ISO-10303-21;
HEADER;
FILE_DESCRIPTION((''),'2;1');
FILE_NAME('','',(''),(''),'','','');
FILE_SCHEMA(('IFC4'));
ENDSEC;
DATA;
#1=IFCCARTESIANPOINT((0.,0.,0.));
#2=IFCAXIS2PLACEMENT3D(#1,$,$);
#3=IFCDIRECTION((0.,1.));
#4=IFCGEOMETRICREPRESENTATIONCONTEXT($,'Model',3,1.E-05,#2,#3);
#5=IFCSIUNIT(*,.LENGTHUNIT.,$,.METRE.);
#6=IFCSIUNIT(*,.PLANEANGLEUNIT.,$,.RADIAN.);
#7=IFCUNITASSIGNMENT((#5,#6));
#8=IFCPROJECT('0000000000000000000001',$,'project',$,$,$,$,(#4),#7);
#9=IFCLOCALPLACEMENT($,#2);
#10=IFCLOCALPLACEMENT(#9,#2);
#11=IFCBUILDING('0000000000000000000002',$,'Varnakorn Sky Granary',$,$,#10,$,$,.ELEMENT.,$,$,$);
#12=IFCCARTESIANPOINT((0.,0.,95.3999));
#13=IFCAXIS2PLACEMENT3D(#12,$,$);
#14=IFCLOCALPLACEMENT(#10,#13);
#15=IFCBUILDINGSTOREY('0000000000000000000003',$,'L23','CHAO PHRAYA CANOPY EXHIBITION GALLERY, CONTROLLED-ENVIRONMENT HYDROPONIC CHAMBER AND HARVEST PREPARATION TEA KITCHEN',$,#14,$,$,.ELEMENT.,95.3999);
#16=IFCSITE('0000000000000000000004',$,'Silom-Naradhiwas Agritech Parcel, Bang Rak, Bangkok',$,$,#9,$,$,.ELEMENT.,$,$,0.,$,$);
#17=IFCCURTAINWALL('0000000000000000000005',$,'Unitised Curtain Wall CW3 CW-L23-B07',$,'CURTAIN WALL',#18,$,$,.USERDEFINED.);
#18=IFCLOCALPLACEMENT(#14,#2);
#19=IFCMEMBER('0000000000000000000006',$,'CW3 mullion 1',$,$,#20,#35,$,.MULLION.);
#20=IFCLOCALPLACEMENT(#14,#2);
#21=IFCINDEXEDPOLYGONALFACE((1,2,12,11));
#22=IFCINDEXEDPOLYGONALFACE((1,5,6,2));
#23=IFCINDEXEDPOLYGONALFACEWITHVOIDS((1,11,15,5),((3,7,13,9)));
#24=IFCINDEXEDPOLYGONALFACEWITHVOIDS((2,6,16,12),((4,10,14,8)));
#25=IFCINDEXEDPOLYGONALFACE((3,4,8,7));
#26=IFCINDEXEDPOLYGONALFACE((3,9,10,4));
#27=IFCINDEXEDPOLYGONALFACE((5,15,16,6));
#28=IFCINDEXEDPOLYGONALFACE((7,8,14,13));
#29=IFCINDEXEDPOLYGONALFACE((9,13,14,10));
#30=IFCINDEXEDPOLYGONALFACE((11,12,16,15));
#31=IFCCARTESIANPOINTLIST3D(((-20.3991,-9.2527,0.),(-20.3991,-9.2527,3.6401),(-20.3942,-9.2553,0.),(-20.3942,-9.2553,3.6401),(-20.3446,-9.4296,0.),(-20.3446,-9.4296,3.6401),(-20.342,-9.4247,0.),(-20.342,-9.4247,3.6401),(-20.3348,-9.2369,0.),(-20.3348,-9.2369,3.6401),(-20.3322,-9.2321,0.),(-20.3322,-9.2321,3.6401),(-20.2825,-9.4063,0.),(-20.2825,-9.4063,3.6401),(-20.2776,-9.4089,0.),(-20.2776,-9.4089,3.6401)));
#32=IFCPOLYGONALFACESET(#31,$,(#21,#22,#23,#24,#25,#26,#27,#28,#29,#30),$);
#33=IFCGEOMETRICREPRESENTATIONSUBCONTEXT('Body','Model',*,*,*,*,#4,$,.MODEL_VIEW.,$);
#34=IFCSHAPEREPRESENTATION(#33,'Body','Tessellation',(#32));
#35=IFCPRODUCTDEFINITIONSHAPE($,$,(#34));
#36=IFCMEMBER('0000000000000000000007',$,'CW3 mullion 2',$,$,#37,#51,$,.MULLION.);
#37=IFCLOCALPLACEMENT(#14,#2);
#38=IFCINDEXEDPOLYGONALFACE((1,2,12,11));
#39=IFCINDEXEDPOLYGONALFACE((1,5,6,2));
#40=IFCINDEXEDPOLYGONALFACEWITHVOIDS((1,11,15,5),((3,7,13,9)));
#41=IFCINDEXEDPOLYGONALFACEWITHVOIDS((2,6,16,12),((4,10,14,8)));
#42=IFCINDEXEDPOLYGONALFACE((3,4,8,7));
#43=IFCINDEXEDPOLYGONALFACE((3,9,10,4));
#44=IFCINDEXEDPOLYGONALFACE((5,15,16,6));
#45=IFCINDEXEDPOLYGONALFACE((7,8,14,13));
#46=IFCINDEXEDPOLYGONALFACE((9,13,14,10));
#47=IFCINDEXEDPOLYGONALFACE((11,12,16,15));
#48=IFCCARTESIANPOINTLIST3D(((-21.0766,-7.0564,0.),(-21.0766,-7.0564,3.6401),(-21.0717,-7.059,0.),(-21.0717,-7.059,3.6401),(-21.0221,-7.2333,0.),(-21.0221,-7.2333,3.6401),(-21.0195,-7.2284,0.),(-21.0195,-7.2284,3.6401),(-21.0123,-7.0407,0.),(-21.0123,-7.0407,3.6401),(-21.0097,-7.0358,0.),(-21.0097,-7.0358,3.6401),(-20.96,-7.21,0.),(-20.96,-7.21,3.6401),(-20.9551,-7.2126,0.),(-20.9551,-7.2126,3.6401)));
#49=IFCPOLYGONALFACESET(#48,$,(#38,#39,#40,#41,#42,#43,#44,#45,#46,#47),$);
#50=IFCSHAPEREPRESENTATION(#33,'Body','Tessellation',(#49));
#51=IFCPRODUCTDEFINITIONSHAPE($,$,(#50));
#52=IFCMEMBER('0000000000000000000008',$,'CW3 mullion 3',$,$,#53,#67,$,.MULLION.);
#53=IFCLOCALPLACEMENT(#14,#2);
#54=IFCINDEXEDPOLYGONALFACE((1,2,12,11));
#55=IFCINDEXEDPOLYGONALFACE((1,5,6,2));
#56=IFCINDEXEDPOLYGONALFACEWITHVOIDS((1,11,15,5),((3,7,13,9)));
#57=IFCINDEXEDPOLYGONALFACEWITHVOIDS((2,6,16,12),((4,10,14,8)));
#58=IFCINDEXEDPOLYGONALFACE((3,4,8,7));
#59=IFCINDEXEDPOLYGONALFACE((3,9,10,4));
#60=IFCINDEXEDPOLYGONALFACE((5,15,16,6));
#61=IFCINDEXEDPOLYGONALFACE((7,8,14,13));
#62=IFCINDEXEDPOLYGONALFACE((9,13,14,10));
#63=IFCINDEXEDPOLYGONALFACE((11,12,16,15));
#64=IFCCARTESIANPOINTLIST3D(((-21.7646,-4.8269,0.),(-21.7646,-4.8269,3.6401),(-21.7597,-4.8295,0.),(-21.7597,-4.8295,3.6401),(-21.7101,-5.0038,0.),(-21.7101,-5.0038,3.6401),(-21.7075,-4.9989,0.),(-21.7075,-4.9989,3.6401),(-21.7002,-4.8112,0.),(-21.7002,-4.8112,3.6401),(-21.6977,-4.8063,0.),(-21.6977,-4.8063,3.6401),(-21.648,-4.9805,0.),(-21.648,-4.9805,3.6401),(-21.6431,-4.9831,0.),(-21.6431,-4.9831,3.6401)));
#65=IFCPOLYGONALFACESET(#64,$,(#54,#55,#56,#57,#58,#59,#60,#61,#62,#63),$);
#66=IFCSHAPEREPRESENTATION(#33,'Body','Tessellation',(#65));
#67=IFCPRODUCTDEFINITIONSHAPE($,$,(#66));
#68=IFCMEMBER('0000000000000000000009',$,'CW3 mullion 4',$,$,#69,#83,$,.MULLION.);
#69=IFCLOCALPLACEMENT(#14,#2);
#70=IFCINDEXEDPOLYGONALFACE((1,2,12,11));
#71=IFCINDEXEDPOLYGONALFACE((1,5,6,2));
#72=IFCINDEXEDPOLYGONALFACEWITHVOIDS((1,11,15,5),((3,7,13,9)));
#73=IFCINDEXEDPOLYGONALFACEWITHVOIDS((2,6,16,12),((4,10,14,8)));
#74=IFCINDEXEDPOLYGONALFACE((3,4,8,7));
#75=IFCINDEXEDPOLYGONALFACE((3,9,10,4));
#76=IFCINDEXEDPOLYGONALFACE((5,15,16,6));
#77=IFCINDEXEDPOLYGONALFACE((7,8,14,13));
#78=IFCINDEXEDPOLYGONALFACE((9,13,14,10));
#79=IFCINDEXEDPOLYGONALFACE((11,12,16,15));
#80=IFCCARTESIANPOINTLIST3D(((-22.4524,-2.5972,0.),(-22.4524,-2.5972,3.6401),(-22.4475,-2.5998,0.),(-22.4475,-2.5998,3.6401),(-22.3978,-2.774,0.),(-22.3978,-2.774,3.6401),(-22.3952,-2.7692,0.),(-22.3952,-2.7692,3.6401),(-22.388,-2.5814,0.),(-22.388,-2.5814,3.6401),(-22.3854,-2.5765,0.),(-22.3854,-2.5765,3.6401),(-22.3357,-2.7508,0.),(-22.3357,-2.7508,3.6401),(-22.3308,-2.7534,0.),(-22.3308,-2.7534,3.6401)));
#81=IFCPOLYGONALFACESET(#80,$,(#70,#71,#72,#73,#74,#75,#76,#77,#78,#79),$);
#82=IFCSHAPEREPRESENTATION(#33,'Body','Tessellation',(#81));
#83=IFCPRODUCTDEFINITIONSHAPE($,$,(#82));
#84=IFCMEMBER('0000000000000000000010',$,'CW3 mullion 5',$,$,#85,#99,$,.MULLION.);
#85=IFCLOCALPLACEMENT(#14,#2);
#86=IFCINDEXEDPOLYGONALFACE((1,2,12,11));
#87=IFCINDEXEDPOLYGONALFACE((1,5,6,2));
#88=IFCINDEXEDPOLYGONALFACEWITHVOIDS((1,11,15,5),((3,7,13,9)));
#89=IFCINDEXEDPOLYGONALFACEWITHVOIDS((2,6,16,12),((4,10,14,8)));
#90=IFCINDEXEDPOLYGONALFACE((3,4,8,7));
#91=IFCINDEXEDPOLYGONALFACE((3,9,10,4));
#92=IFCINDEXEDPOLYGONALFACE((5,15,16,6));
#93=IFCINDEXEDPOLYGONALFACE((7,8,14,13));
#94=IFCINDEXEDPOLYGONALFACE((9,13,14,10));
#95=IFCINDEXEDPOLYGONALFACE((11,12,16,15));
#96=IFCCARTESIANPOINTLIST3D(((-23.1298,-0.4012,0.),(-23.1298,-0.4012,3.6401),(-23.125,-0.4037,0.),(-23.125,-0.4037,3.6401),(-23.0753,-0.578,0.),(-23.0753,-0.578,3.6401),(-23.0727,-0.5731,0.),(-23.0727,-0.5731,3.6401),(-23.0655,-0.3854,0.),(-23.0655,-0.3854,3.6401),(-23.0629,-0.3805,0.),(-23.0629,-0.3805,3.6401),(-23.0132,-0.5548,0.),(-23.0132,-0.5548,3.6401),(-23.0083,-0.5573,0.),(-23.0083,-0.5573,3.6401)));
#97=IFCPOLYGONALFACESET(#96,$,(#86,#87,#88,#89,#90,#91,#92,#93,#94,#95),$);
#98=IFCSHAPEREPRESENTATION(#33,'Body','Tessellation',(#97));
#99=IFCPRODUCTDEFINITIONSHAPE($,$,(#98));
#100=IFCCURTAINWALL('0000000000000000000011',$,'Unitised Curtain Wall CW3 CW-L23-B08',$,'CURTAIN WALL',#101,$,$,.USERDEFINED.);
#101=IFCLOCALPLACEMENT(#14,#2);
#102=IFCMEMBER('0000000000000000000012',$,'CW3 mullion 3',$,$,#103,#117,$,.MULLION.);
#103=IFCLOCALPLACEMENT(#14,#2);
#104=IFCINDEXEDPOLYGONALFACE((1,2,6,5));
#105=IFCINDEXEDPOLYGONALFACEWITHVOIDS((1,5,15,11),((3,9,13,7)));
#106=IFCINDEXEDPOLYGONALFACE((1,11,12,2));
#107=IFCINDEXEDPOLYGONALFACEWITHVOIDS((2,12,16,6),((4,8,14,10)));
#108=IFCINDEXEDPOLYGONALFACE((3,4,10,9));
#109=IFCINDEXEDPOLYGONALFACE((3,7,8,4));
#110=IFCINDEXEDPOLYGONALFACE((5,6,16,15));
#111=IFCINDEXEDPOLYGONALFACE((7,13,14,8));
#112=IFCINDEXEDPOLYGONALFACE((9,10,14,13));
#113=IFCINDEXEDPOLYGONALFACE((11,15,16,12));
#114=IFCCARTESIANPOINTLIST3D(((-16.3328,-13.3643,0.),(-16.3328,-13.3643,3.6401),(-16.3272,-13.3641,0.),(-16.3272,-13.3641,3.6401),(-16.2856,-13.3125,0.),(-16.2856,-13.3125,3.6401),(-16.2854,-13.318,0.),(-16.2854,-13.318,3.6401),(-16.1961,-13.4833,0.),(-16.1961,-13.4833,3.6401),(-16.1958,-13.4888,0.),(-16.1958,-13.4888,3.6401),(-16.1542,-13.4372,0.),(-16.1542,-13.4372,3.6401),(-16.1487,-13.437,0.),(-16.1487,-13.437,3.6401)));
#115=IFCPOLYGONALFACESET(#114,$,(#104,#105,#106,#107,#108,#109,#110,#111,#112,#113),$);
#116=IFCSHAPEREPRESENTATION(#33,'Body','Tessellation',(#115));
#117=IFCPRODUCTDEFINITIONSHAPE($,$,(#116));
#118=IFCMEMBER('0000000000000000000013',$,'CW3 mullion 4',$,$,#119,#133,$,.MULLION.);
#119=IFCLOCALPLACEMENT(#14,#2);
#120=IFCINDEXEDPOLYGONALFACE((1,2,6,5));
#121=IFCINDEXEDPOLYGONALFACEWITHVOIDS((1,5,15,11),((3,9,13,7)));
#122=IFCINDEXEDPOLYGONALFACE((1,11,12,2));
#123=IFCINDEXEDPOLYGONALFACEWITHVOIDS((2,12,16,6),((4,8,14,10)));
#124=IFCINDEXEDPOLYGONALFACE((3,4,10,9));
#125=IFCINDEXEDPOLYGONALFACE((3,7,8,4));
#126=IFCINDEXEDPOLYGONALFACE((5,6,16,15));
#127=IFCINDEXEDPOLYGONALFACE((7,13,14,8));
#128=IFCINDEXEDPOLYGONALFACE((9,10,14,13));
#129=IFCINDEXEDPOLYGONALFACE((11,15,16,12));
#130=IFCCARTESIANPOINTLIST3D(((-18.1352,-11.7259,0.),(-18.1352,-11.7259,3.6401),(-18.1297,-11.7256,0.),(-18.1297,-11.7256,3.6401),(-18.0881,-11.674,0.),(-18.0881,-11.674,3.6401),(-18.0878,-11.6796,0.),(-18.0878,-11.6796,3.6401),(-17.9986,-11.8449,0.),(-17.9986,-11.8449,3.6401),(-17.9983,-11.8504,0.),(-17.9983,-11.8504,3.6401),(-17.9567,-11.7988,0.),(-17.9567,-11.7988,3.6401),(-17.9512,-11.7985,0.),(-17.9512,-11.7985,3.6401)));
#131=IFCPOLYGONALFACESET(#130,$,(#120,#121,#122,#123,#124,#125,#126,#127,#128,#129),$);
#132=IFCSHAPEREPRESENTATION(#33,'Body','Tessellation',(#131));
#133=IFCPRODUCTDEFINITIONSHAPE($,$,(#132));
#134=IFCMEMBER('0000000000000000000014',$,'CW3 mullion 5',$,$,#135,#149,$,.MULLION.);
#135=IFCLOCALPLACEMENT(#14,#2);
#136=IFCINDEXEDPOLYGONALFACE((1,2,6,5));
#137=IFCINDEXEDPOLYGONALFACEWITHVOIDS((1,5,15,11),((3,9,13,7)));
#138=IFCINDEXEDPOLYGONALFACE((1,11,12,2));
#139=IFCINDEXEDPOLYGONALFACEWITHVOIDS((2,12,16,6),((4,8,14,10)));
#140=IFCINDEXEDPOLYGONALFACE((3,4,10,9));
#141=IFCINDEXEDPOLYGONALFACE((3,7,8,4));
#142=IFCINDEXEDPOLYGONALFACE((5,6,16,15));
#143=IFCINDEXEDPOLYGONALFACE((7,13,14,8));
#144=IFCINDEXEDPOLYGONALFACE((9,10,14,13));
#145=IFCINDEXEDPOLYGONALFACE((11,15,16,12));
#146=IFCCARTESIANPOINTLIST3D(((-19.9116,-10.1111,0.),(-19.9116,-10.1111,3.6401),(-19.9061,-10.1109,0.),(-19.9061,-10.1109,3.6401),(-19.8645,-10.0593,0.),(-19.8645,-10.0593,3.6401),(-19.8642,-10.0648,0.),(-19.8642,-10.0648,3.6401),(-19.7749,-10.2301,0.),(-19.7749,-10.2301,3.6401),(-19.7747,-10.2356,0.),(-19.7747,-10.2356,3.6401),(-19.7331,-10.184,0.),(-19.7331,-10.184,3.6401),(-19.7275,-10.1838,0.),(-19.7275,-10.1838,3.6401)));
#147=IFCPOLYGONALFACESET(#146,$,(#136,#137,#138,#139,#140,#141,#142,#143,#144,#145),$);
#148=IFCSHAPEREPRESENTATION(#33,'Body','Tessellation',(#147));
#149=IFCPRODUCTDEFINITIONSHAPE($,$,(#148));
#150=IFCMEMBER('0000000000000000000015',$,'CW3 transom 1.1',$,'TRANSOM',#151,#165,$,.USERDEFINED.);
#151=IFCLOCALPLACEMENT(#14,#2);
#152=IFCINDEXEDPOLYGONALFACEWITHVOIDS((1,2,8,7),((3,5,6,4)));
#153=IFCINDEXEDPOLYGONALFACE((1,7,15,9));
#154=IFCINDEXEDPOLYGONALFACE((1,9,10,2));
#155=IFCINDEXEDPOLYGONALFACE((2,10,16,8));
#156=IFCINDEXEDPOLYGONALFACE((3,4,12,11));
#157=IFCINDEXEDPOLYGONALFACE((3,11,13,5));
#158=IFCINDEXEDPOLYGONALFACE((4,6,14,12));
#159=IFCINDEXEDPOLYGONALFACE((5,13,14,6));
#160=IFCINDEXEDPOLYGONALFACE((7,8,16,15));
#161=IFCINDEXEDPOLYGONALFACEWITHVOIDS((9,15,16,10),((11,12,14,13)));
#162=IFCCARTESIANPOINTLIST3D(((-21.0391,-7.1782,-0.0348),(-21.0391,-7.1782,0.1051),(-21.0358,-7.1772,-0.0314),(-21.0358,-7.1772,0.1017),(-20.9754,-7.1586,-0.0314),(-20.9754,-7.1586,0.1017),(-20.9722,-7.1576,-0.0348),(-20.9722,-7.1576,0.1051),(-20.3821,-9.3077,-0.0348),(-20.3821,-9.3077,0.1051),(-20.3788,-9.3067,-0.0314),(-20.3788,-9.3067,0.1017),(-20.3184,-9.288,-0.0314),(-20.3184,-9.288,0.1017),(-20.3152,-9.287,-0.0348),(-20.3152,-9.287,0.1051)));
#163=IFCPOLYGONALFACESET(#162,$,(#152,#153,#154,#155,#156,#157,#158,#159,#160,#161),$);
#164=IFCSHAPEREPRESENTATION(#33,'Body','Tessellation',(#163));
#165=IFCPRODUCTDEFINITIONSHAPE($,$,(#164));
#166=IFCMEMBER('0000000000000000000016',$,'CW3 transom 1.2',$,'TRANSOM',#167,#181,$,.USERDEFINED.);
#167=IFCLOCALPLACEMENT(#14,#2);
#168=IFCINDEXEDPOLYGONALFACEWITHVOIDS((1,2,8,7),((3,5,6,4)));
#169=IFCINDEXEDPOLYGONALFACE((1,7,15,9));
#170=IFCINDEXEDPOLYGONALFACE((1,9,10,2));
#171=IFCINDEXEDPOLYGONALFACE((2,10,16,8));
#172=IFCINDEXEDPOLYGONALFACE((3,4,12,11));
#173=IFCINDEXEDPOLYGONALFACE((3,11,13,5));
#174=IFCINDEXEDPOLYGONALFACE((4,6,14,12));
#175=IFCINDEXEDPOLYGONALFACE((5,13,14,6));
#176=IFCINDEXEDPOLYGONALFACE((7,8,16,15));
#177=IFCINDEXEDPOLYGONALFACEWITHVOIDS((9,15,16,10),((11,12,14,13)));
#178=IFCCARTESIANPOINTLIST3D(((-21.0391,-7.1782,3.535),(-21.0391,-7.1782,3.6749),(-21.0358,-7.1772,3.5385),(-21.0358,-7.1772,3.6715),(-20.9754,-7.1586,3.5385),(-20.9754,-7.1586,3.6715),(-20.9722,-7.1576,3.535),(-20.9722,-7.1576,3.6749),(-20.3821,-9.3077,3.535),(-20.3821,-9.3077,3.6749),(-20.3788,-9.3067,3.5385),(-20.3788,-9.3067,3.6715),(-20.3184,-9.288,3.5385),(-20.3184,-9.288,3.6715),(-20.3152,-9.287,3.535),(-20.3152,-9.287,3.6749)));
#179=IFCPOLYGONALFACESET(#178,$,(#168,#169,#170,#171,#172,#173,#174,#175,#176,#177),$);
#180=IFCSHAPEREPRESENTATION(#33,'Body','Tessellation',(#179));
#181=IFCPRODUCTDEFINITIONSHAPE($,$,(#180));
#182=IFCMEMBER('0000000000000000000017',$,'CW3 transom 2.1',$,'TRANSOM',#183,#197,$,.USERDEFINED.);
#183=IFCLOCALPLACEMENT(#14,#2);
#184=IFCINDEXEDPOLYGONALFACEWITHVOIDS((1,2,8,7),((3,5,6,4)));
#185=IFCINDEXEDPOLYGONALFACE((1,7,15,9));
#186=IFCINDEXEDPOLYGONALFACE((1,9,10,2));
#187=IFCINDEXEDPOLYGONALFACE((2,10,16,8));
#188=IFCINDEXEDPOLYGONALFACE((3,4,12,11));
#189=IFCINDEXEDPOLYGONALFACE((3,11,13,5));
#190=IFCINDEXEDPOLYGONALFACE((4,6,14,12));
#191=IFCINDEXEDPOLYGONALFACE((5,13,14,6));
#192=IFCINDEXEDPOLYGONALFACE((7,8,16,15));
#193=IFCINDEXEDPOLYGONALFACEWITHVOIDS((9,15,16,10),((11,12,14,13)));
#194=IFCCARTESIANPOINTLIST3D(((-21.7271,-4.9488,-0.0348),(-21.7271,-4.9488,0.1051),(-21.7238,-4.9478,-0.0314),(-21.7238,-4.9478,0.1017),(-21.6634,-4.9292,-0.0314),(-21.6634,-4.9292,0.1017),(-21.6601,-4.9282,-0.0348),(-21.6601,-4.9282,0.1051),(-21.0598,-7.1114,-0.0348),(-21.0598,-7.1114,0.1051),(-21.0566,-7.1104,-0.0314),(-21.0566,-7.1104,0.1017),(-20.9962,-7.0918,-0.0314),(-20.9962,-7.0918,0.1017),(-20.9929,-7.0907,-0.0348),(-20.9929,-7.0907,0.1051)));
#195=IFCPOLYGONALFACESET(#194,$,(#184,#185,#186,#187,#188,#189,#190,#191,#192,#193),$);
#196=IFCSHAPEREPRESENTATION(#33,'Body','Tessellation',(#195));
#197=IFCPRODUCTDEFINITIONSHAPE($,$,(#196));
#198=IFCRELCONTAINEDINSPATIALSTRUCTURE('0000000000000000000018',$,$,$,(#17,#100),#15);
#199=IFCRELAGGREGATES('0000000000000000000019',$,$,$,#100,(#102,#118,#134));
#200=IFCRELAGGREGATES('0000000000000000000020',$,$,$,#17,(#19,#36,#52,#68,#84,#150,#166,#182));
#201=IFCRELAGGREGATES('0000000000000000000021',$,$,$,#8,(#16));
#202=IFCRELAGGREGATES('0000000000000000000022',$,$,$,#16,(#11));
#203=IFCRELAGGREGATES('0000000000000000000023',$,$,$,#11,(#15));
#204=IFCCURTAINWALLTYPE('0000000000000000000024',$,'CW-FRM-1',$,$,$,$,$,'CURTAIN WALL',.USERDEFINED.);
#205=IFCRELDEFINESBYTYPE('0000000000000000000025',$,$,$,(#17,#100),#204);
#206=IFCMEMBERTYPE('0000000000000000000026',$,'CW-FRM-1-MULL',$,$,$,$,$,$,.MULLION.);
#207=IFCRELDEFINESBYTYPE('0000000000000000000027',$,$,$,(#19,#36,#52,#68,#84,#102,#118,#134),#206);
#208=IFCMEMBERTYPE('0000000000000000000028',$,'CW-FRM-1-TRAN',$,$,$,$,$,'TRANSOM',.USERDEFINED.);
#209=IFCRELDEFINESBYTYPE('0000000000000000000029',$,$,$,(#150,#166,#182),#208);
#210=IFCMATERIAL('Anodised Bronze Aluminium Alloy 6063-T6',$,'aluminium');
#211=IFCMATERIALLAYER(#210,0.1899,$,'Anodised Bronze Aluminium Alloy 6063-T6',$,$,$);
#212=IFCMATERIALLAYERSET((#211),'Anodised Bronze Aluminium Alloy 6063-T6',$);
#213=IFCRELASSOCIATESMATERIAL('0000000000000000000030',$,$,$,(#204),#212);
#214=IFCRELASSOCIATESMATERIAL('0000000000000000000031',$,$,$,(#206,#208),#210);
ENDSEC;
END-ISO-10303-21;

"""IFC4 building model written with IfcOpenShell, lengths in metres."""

from ifc_helpers import new_model, si_unit, direction, frame, origin, origin_2d, place, context, subcontext, project, spatial, hollow_rectangle, extrude, material, layer, layer_set, material_profile, profile_set, type_object, element, aggregate, save


model = new_model("IFC4")

# Units and contexts
model_context = context("Model", 3, precision=1e-05, world=origin(), true_north=direction((0.0, 1.0)))
body_context = subcontext(model_context, "Body", "Model", "MODEL_VIEW")
ifc_project = project(units=[si_unit("LENGTHUNIT", "METRE"), si_unit("PLANEANGLEUNIT", "RADIAN")], contexts=[model_context])

# Site, building, storey
site_placement = place(None, origin())
site = spatial("IfcSite", under=ifc_project, at=site_placement, Name="Silom-Naradhiwas Agritech Parcel, Bang Rak, Bangkok", CompositionType="ELEMENT", RefElevation=0.0)
building_placement = place(site_placement, origin())
building = spatial("IfcBuilding", under=site, at=building_placement, Name="Varnakorn Sky Granary", CompositionType="ELEMENT")
storey_placement = place(building_placement, frame((0.0, 0.0, 95.3999)))
storey = spatial("IfcBuildingStorey", under=building, at=storey_placement, Name="L23", Description="CHAO PHRAYA CANOPY EXHIBITION GALLERY, CONTROLLED-ENVIRONMENT HYDROPONIC CHAMBER AND HARVEST PREPARATION TEA KITCHEN", CompositionType="ELEMENT", Elevation=95.3999)

# Curtain walls, members
ifc_material_1 = material(Name="Anodised Bronze Aluminium Alloy 6063-T6", Category="aluminium")
ifc_layer_1 = layer(ifc_material_1, 0.1899, Name="Anodised Bronze Aluminium Alloy 6063-T6")
ifc_layer_set_1 = layer_set([ifc_layer_1], Name="Anodised Bronze Aluminium Alloy 6063-T6")
curtain_wall_type = type_object("IfcCurtainWallType", Name="CW-FRM-1", ElementType="CURTAIN WALL", PredefinedType="USERDEFINED", material=ifc_layer_set_1)
curtain_wall_1_placement = place(storey_placement, origin())
curtain_wall_1 = element("IfcCurtainWall", 1, at=curtain_wall_1_placement, inside=storey, type_object=curtain_wall_type, Name="Unitised Curtain Wall CW3 CW-L23-B07", ObjectType="CURTAIN WALL", PredefinedType="USERDEFINED")
ifc_material_profile_1 = material_profile(ifc_material_1, hollow_rectangle(XDim=0.0701, YDim=0.1851, WallThickness=0.0039, at=origin_2d()), Name="ALU MULL 70x185")
ifc_profile_set_1 = profile_set([ifc_material_profile_1], Name="Anodised Bronze Aluminium Alloy 6063-T6")
member_type_1 = type_object("IfcMemberType", Name="CW-FRM-1-MULL", PredefinedType="MULLION", material=ifc_profile_set_1)
member_1_placement = place(storey_placement, frame((-20.3384, -9.3308, 0.0), z_axis=(0.0, 0.0, 1.0), x_axis=(-0.95556, -0.294798, 0.0)))
member_1 = element("IfcMember", 2, at=member_1_placement, type_object=member_type_1, Name="CW3 mullion 1", PredefinedType="MULLION", context=body_context, shape_type="SweptSolid", body=[
    extrude(hollow_rectangle(XDim=0.0701, YDim=0.1851, WallThickness=0.0039, at=origin_2d()), origin(), (0.0, 0.0, 1.0), 3.6401),
])
member_2_placement = place(storey_placement, frame((-21.0159, -7.1345, 0.0), z_axis=(0.0, 0.0, 1.0), x_axis=(-0.95556, -0.294798, 0.0)))
member_2 = element("IfcMember", 3, at=member_2_placement, type_object=member_type_1, Name="CW3 mullion 2", PredefinedType="MULLION", context=body_context, shape_type="SweptSolid", body=[
    extrude(hollow_rectangle(XDim=0.0701, YDim=0.1851, WallThickness=0.0039, at=origin_2d()), origin(), (0.0, 0.0, 1.0), 3.6401),
])
member_3_placement = place(storey_placement, frame((-21.7039, -4.905, 0.0), z_axis=(0.0, 0.0, 1.0), x_axis=(-0.95556, -0.294798, 0.0)))
member_3 = element("IfcMember", 4, at=member_3_placement, type_object=member_type_1, Name="CW3 mullion 3", PredefinedType="MULLION", context=body_context, shape_type="SweptSolid", body=[
    extrude(hollow_rectangle(XDim=0.0701, YDim=0.1851, WallThickness=0.0039, at=origin_2d()), origin(), (0.0, 0.0, 1.0), 3.6401),
])
member_4_placement = place(storey_placement, frame((-22.3916, -2.6753, 0.0), z_axis=(0.0, 0.0, 1.0), x_axis=(-0.95556, -0.294798, 0.0)))
member_4 = element("IfcMember", 5, at=member_4_placement, type_object=member_type_1, Name="CW3 mullion 4", PredefinedType="MULLION", context=body_context, shape_type="SweptSolid", body=[
    extrude(hollow_rectangle(XDim=0.0701, YDim=0.1851, WallThickness=0.0039, at=origin_2d()), origin(), (0.0, 0.0, 1.0), 3.6401),
])
member_5_placement = place(storey_placement, frame((-23.0691, -0.4792, 0.0), z_axis=(0.0, 0.0, 1.0), x_axis=(-0.95556, -0.294798, 0.0)))
member_5 = element("IfcMember", 6, at=member_5_placement, type_object=member_type_1, Name="CW3 mullion 5", PredefinedType="MULLION", context=body_context, shape_type="SweptSolid", body=[
    extrude(hollow_rectangle(XDim=0.0701, YDim=0.1851, WallThickness=0.0039, at=origin_2d()), origin(), (0.0, 0.0, 1.0), 3.6401),
])
curtain_wall_2_placement = place(storey_placement, origin())
curtain_wall_2 = element("IfcCurtainWall", 7, at=curtain_wall_2_placement, inside=storey, type_object=curtain_wall_type, Name="Unitised Curtain Wall CW3 CW-L23-B08", ObjectType="CURTAIN WALL", PredefinedType="USERDEFINED")
member_6_placement = place(storey_placement, frame((-16.2407, -13.4006, 0.0), z_axis=(0.0, 0.0, 1.0), x_axis=(-0.672672, -0.739941, 0.0)))
member_6 = element("IfcMember", 8, at=member_6_placement, type_object=member_type_1, Name="CW3 mullion 3", PredefinedType="MULLION", context=body_context, shape_type="SweptSolid", body=[
    extrude(hollow_rectangle(XDim=0.0701, YDim=0.1851, WallThickness=0.0039, at=origin_2d()), origin(), (0.0, 0.0, 1.0), 3.6401),
])
member_7_placement = place(storey_placement, frame((-18.0432, -11.7622, 0.0), z_axis=(0.0, 0.0, 1.0), x_axis=(-0.672672, -0.739941, 0.0)))
member_7 = element("IfcMember", 9, at=member_7_placement, type_object=member_type_1, Name="CW3 mullion 4", PredefinedType="MULLION", context=body_context, shape_type="SweptSolid", body=[
    extrude(hollow_rectangle(XDim=0.0701, YDim=0.1851, WallThickness=0.0039, at=origin_2d()), origin(), (0.0, 0.0, 1.0), 3.6401),
])
member_8_placement = place(storey_placement, frame((-19.8196, -10.1475, 0.0), z_axis=(0.0, 0.0, 1.0), x_axis=(-0.672672, -0.739941, 0.0)))
member_8 = element("IfcMember", 10, at=member_8_placement, type_object=member_type_1, Name="CW3 mullion 5", PredefinedType="MULLION", context=body_context, shape_type="SweptSolid", body=[
    extrude(hollow_rectangle(XDim=0.0701, YDim=0.1851, WallThickness=0.0039, at=origin_2d()), origin(), (0.0, 0.0, 1.0), 3.6401),
])

# Members
ifc_material_profile_2 = material_profile(ifc_material_1, hollow_rectangle(XDim=0.0701, YDim=0.1399, WallThickness=0.0034, at=origin_2d()), Name="ALU TRAN 70x140")
ifc_profile_set_2 = profile_set([ifc_material_profile_2], Name="Anodised Bronze Aluminium Alloy 6063-T6")
member_type_2 = type_object("IfcMemberType", Name="CW-FRM-1-TRAN", ElementType="TRANSOM", PredefinedType="USERDEFINED", material=ifc_profile_set_2)
member_9_placement = place(storey_placement, frame((-20.3486, -9.2974, 0.0352), z_axis=(-0.294817, 0.955554, 0.0), x_axis=(-0.955554, -0.294817, 0.0)))
member_9 = element("IfcMember", 11, at=member_9_placement, type_object=member_type_2, Name="CW3 transom 1.1", ObjectType="TRANSOM", PredefinedType="USERDEFINED", context=body_context, shape_type="SweptSolid", body=[
    extrude(hollow_rectangle(XDim=0.0701, YDim=0.1399, WallThickness=0.0034, at=origin_2d()), origin(), (0.0, 0.0, 1.0), 2.2285),
])
member_10_placement = place(storey_placement, frame((-20.3486, -9.2974, 3.605), z_axis=(-0.294817, 0.955554, 0.0), x_axis=(-0.955554, -0.294817, 0.0)))
member_10 = element("IfcMember", 12, at=member_10_placement, type_object=member_type_2, Name="CW3 transom 1.2", ObjectType="TRANSOM", PredefinedType="USERDEFINED", context=body_context, shape_type="SweptSolid", body=[
    extrude(hollow_rectangle(XDim=0.0701, YDim=0.1399, WallThickness=0.0034, at=origin_2d()), origin(), (0.0, 0.0, 1.0), 2.2285),
])
member_11_placement = place(storey_placement, frame((-21.0264, -7.1011, 0.0352), z_axis=(-0.294821, 0.955552, 0.0), x_axis=(-0.955552, -0.294821, 0.0)))
member_11 = element("IfcMember", 13, at=member_11_placement, type_object=member_type_2, Name="CW3 transom 2.1", ObjectType="TRANSOM", PredefinedType="USERDEFINED", context=body_context, shape_type="SweptSolid", body=[
    extrude(hollow_rectangle(XDim=0.0701, YDim=0.1399, WallThickness=0.0034, at=origin_2d()), origin(), (0.0, 0.0, 1.0), 2.2632),
])

aggregate(curtain_wall_2, [member_6, member_7, member_8])
aggregate(curtain_wall_1, [member_1, member_2, member_3, member_4, member_5, member_9, member_10, member_11])

save(model, "model.ifc")
